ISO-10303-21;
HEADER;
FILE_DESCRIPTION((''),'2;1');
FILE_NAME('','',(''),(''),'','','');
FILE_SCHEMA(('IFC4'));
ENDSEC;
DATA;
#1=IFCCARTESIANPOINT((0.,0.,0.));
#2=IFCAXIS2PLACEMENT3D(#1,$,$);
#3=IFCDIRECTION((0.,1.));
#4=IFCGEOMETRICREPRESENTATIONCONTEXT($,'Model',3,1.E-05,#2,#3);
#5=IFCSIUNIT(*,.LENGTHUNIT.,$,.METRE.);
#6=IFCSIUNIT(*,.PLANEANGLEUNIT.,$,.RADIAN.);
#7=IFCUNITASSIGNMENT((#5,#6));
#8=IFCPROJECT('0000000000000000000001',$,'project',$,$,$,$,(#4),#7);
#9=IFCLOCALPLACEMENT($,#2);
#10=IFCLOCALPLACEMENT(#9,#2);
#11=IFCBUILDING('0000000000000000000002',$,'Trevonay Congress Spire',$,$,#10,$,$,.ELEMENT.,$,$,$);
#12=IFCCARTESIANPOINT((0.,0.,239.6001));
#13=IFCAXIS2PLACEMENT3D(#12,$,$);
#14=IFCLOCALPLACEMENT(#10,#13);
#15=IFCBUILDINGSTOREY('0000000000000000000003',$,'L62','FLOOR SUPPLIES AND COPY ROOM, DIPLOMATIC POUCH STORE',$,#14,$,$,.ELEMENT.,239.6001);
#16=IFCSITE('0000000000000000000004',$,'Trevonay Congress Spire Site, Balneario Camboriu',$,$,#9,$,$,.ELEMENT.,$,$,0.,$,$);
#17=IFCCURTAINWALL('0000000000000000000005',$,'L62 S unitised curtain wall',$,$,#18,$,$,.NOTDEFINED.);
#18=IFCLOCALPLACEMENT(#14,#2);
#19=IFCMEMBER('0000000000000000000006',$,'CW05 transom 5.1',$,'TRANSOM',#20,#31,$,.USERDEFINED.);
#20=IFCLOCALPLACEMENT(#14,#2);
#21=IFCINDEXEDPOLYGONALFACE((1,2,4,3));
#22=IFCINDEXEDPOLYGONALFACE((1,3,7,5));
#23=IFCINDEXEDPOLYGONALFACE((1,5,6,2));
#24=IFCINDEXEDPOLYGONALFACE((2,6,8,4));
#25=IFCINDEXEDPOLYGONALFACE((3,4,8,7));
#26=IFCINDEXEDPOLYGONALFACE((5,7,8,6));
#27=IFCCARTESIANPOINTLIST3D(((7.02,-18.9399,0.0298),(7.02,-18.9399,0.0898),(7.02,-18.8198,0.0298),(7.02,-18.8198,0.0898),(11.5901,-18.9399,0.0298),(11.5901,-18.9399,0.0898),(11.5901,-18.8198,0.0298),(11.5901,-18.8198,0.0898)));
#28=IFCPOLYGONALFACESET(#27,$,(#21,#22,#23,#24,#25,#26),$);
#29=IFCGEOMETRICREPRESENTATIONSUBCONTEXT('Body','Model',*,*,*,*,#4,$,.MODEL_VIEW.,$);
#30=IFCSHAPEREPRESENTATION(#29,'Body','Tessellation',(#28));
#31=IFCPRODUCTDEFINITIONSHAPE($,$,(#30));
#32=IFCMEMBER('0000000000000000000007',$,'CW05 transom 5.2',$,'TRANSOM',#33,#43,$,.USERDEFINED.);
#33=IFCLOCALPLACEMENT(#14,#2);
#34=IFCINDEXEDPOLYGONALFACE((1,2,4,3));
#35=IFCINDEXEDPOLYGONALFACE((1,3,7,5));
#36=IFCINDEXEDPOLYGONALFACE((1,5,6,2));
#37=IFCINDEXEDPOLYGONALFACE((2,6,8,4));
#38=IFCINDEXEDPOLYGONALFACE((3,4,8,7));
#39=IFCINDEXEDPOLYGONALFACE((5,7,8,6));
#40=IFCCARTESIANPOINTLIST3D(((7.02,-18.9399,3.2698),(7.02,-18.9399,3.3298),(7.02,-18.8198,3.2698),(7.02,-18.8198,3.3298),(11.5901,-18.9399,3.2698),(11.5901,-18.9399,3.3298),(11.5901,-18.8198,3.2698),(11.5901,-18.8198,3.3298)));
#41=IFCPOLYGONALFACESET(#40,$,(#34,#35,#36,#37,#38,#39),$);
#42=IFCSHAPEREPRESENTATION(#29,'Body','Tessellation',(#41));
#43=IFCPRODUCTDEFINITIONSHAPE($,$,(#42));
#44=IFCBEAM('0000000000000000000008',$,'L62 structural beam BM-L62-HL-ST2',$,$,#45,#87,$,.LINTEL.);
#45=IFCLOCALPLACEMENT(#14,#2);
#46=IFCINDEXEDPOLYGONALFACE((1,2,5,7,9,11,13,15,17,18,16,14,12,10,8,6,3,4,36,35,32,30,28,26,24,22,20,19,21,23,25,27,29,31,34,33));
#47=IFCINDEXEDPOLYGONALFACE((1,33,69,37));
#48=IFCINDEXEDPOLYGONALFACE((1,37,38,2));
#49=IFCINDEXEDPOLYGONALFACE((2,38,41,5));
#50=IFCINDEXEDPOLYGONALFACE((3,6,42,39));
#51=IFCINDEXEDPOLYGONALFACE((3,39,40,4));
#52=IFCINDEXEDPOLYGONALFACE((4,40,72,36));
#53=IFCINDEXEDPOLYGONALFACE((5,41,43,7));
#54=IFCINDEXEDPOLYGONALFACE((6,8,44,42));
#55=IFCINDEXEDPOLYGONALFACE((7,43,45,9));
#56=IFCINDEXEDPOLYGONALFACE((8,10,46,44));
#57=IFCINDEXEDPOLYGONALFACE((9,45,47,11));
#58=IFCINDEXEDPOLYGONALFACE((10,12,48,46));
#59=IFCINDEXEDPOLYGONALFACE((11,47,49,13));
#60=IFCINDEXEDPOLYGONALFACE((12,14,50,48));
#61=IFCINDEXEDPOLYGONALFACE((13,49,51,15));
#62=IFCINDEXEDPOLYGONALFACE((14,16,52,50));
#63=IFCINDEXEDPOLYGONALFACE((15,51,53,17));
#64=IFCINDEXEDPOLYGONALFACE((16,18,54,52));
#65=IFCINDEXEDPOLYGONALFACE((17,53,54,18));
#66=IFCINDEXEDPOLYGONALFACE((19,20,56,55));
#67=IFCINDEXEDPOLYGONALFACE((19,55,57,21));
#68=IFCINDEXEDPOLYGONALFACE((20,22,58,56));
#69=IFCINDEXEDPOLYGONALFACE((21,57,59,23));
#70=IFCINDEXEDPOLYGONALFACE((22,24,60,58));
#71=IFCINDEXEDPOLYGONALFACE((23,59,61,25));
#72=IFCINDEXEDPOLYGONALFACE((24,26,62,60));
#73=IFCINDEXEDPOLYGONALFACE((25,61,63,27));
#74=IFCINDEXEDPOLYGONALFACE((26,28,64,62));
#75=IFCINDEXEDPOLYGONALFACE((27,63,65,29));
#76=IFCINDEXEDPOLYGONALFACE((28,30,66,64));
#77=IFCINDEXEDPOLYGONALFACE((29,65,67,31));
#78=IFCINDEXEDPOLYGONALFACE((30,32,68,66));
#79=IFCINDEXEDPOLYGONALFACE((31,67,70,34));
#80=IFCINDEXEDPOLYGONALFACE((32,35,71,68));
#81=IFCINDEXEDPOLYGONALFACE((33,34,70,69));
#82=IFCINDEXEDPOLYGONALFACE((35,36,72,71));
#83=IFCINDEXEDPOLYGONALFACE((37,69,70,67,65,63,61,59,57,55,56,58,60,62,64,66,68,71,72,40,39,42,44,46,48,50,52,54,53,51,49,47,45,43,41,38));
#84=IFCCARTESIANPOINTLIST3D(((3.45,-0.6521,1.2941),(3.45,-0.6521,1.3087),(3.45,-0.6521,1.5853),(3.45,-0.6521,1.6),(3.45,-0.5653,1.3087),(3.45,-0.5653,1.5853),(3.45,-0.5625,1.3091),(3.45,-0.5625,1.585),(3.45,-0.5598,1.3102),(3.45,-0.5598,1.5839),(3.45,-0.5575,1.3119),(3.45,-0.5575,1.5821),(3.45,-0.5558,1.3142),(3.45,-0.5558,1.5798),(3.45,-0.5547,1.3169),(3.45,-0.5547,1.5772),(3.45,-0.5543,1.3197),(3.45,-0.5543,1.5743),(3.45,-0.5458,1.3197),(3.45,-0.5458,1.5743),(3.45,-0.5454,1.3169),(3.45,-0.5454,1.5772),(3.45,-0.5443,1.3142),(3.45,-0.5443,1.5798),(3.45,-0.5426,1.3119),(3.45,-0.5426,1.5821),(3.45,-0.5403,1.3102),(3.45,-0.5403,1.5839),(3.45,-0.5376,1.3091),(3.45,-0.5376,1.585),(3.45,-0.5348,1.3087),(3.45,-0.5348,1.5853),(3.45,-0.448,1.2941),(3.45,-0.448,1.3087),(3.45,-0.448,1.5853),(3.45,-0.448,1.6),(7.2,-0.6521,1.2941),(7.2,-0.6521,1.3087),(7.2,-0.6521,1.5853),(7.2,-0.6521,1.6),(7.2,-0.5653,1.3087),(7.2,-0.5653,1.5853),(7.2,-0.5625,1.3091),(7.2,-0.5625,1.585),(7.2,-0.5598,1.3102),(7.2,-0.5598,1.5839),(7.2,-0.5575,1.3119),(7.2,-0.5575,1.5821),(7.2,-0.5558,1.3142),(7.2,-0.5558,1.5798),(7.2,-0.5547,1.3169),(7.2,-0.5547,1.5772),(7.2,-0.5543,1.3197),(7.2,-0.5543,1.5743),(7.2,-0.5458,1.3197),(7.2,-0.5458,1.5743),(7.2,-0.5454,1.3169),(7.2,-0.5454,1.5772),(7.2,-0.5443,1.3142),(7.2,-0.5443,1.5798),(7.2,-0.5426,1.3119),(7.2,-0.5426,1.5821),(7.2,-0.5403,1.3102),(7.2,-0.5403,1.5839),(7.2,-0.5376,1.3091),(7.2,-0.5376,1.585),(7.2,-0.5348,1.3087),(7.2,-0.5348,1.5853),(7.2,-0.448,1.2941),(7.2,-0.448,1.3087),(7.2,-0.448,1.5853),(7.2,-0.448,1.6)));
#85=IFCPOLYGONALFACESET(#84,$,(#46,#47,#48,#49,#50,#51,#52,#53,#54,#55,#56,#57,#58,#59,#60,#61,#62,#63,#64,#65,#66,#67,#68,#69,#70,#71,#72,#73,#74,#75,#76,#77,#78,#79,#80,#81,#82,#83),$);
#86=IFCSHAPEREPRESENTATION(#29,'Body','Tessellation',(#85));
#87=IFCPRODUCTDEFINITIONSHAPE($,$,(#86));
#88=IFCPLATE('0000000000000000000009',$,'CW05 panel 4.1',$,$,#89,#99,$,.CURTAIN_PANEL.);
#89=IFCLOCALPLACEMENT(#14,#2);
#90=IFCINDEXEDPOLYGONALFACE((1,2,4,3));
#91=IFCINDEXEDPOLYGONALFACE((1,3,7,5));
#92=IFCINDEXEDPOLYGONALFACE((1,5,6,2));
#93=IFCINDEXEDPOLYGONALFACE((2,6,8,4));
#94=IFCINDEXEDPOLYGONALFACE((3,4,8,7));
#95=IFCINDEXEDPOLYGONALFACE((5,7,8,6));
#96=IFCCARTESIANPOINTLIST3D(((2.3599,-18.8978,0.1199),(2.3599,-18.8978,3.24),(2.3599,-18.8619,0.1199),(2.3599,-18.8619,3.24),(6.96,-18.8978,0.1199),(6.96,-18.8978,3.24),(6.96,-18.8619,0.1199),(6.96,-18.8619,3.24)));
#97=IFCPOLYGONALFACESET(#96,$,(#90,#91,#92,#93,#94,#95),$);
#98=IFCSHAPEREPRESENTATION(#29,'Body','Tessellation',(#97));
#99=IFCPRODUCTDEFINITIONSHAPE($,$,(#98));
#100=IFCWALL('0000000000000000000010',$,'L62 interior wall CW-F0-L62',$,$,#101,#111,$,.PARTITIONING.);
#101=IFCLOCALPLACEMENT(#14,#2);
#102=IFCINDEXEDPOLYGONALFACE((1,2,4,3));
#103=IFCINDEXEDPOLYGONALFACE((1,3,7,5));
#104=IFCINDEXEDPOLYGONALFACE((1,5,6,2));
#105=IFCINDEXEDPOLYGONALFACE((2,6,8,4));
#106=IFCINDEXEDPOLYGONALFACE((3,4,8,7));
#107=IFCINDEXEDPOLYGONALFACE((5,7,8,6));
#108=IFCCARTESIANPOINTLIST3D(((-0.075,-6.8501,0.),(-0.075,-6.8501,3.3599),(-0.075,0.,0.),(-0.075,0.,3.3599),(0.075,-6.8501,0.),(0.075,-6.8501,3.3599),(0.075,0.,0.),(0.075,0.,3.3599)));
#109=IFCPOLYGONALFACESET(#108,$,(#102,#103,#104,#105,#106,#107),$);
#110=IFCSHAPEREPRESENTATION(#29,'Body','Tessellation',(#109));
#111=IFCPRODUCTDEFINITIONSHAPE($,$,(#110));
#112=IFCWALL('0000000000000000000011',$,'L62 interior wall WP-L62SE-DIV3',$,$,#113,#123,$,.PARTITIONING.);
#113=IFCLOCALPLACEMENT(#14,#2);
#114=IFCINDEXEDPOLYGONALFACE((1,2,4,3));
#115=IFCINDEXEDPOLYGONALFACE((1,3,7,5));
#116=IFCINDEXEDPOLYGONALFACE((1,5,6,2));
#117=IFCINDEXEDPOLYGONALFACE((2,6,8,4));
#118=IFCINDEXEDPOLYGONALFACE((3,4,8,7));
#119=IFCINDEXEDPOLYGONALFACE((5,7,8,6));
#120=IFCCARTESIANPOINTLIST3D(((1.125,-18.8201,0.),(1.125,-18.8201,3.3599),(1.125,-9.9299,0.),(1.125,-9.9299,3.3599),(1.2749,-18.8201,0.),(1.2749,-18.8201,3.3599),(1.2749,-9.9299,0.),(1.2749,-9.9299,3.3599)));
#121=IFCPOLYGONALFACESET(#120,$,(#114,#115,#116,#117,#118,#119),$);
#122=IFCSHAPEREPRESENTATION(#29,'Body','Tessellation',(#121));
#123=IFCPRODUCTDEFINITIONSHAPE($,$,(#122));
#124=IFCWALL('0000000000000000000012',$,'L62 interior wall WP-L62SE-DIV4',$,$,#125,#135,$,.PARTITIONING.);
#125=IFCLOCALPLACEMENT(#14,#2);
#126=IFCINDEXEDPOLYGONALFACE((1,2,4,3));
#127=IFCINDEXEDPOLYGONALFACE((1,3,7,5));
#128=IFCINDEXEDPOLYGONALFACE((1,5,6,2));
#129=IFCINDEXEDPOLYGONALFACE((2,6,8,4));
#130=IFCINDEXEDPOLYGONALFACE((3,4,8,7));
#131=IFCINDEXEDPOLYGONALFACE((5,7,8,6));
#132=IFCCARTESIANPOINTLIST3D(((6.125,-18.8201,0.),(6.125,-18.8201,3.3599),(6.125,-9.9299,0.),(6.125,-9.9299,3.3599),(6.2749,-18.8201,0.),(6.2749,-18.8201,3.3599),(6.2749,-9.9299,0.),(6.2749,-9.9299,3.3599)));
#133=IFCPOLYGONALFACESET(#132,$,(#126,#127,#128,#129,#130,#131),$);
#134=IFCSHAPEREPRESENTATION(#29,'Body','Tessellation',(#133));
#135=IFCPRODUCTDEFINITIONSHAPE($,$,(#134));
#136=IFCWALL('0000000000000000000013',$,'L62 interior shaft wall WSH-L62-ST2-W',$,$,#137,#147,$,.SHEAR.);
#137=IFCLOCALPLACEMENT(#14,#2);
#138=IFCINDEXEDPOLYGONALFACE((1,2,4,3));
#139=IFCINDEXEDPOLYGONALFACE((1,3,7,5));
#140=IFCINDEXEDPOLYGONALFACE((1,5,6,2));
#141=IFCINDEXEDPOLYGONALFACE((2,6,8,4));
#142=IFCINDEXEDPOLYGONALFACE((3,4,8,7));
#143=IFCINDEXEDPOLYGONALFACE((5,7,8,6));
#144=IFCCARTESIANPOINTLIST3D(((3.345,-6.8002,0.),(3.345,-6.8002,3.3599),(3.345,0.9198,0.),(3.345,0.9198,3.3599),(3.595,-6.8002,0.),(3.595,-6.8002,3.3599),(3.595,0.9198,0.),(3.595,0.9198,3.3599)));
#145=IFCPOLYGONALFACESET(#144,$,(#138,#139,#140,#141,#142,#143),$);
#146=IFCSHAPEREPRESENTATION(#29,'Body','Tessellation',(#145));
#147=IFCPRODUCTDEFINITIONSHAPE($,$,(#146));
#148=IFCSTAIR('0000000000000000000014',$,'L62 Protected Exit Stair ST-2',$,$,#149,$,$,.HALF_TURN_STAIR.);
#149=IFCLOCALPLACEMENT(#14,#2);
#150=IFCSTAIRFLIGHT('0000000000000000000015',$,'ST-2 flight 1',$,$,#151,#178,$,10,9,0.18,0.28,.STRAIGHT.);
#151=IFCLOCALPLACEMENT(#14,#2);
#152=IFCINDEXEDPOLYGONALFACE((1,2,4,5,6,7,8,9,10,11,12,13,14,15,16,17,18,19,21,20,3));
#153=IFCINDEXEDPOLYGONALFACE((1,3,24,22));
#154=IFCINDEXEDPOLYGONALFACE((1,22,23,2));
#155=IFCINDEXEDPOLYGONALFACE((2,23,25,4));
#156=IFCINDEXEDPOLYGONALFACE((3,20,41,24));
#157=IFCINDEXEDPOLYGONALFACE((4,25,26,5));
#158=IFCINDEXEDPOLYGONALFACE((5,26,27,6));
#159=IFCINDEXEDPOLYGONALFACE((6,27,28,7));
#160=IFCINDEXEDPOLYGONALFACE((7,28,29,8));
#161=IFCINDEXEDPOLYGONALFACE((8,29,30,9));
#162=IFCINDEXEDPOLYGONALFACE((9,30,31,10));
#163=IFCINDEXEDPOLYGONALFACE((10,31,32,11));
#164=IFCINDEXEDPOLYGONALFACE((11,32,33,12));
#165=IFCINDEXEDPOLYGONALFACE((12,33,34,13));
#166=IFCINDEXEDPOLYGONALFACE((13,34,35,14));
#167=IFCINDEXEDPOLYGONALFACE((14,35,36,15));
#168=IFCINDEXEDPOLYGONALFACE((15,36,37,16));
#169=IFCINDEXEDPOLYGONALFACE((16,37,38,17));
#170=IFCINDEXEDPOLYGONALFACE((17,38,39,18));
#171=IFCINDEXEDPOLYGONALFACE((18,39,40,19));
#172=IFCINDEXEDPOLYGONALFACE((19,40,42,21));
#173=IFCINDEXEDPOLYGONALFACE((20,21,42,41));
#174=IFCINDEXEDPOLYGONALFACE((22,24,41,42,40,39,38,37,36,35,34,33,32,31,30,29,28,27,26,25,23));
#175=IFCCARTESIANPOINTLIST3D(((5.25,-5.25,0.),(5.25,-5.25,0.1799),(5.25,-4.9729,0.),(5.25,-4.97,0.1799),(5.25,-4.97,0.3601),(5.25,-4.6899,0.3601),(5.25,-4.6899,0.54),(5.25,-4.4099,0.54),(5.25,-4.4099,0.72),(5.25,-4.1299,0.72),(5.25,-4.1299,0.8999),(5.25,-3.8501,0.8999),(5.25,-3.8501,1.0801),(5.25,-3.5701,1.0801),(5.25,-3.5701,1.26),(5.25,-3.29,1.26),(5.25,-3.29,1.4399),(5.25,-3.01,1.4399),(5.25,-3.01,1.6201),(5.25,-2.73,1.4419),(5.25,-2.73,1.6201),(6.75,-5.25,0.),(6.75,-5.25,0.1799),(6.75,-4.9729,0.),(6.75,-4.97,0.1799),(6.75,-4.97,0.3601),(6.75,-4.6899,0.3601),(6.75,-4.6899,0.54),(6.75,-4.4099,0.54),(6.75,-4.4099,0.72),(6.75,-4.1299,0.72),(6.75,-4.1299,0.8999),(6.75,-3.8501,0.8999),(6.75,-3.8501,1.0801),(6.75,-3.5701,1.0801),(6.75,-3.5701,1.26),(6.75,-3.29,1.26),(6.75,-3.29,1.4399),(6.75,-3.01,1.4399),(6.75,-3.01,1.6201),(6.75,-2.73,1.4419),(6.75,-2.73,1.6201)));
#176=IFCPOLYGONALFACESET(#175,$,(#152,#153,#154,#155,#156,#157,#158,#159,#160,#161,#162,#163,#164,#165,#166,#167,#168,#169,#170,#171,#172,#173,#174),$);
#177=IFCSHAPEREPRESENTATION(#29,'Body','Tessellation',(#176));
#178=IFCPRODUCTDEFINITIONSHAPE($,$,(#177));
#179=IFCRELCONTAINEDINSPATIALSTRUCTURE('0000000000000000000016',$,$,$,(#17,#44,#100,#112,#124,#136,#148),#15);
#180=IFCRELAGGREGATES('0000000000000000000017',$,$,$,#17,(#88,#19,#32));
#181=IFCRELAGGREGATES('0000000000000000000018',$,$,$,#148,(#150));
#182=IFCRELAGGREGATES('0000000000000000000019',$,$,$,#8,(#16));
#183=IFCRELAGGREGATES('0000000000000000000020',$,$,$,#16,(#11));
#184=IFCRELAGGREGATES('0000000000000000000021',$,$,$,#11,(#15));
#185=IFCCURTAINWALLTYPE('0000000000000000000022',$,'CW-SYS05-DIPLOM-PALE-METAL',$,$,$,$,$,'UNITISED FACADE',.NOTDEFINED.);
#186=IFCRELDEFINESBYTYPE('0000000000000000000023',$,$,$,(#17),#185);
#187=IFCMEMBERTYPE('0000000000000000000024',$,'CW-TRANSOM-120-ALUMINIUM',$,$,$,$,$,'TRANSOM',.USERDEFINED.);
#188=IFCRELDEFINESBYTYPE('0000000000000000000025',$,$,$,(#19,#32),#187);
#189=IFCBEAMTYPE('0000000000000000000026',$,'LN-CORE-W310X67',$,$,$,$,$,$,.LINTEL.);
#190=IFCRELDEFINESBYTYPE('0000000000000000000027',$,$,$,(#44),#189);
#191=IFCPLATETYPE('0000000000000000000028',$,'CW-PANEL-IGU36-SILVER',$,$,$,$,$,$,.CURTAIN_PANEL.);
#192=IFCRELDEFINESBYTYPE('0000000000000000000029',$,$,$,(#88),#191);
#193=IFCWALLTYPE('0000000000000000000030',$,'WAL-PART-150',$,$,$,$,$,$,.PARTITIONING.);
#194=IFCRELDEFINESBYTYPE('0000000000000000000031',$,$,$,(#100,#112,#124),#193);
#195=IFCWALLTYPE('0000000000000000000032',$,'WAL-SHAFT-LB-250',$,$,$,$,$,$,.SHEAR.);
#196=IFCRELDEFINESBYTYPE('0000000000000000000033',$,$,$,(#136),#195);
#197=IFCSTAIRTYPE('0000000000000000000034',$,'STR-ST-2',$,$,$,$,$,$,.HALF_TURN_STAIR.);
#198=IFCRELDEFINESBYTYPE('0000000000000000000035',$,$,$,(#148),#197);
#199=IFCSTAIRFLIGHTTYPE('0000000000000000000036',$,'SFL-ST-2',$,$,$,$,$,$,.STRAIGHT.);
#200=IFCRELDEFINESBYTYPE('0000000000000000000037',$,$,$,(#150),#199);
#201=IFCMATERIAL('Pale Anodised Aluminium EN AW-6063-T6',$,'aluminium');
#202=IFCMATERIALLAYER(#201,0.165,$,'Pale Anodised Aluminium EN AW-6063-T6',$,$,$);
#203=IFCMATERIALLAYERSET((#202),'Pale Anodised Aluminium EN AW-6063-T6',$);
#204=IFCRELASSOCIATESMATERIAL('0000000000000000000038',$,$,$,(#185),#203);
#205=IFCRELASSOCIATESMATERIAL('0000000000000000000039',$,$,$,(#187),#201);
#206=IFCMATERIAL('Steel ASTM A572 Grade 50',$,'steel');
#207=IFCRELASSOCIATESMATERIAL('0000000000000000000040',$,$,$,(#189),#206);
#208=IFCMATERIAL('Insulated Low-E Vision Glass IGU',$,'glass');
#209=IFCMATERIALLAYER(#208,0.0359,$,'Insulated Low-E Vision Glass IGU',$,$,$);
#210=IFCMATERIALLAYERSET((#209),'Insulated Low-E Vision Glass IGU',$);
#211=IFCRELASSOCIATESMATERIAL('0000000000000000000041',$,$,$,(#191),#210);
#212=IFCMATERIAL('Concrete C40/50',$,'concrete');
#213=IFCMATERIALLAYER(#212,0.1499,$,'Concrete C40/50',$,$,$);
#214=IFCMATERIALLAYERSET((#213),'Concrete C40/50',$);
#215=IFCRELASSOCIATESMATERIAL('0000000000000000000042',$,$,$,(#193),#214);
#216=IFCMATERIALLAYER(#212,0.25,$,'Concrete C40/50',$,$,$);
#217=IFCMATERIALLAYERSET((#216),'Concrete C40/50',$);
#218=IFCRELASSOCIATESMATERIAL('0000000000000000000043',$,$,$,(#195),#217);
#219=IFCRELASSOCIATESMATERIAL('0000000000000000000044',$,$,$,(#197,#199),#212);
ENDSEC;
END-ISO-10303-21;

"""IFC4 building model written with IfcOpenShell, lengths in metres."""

from ifc_helpers import new_model, si_unit, direction, frame, frame_2d, origin, origin_2d, place, context, subcontext, project, spatial, polyline, rectangle, i_section, outline, extrude, material, layer, layer_set, material_profile, profile_set, type_object, element, aggregate, save


model = new_model("IFC4")

# Units and contexts
model_context = context("Model", 3, precision=1e-05, world=origin(), true_north=direction((0.0, 1.0)))
body_context = subcontext(model_context, "Body", "Model", "MODEL_VIEW")
ifc_project = project(units=[si_unit("LENGTHUNIT", "METRE"), si_unit("PLANEANGLEUNIT", "RADIAN")], contexts=[model_context])

# Site, building, storey
site_placement = place(None, origin())
site = spatial("IfcSite", under=ifc_project, at=site_placement, Name="Trevonay Congress Spire Site, Balneario Camboriu", CompositionType="ELEMENT", RefElevation=0.0)
building_placement = place(site_placement, origin())
building = spatial("IfcBuilding", under=site, at=building_placement, Name="Trevonay Congress Spire", CompositionType="ELEMENT")
storey_placement = place(building_placement, frame((0.0, 0.0, 239.6001)))
storey = spatial("IfcBuildingStorey", under=building, at=storey_placement, Name="L62", Description="FLOOR SUPPLIES AND COPY ROOM, DIPLOMATIC POUCH STORE", CompositionType="ELEMENT", Elevation=239.6001)

# Shared definitions
ifc_material_1 = material(Name="Steel ASTM A572 Grade 50", Category="steel")

# Curtain wall, members
ifc_material_2 = material(Name="Pale Anodised Aluminium EN AW-6063-T6", Category="aluminium")
ifc_layer_1 = layer(ifc_material_2, 0.165, Name="Pale Anodised Aluminium EN AW-6063-T6")
ifc_layer_set_1 = layer_set([ifc_layer_1], Name="Pale Anodised Aluminium EN AW-6063-T6")
curtain_wall_type = type_object("IfcCurtainWallType", Name="CW-SYS05-DIPLOM-PALE-METAL", ElementType="UNITISED FACADE", PredefinedType="NOTDEFINED", material=ifc_layer_set_1)
curtain_wall_placement = place(storey_placement, origin())
curtain_wall = element("IfcCurtainWall", 1, at=curtain_wall_placement, inside=storey, type_object=curtain_wall_type, Name="L62 S unitised curtain wall", PredefinedType="NOTDEFINED")
ifc_material_profile_1 = material_profile(ifc_material_2, rectangle(XDim=0.1201, YDim=0.0601, at=origin_2d()), Name="CW-TRANSOM-120-ALUMINIUM")
ifc_profile_set_1 = profile_set([ifc_material_profile_1], Name="Pale Anodised Aluminium EN AW-6063-T6")
member_type_1 = type_object("IfcMemberType", Name="CW-TRANSOM-120-ALUMINIUM", ElementType="TRANSOM", PredefinedType="USERDEFINED", material=ifc_profile_set_1)
member_1_placement = place(storey_placement, frame((7.02, -18.8799, 0.0598), z_axis=(1.0, 0.0, 0.0), x_axis=(0.0, 1.0, 0.0)))
member_1 = element("IfcMember", 2, at=member_1_placement, type_object=member_type_1, Name="CW05 transom 5.1", ObjectType="TRANSOM", PredefinedType="USERDEFINED", context=body_context, shape_type="SweptSolid", body=[
    extrude(rectangle(XDim=0.1201, YDim=0.0601, at=origin_2d()), origin(), (0.0, 0.0, 1.0), 4.5701),
])
member_2_placement = place(storey_placement, frame((7.02, -18.8799, 3.2998), z_axis=(1.0, 0.0, 0.0), x_axis=(0.0, 1.0, 0.0)))
member_2 = element("IfcMember", 3, at=member_2_placement, type_object=member_type_1, Name="CW05 transom 5.2", ObjectType="TRANSOM", PredefinedType="USERDEFINED", context=body_context, shape_type="SweptSolid", body=[
    extrude(rectangle(XDim=0.1201, YDim=0.0601, at=origin_2d()), origin(), (0.0, 0.0, 1.0), 4.5701),
])

# Beam
ifc_material_profile_2 = material_profile(ifc_material_1, i_section(OverallWidth=0.2041, OverallDepth=0.3059, WebThickness=0.0085, FlangeThickness=0.0146, FilletRadius=0.011, at=origin_2d()), Name="W310x67")
ifc_profile_set_2 = profile_set([ifc_material_profile_2], Name="Steel ASTM A572 Grade 50")
beam_type_1 = type_object("IfcBeamType", Name="LN-CORE-W310X67", PredefinedType="LINTEL", material=ifc_profile_set_2)
beam_1_placement = place(storey_placement, frame((3.45, -0.55, 1.447), z_axis=(1.0, 0.0, 0.0), x_axis=(0.0, 1.0, 0.0)))
element("IfcBeam", 4, at=beam_1_placement, inside=storey, type_object=beam_type_1, Name="L62 structural beam BM-L62-HL-ST2", PredefinedType="LINTEL", context=body_context, shape_type="SweptSolid", body=[
    extrude(i_section(OverallWidth=0.2041, OverallDepth=0.3059, WebThickness=0.0085, FlangeThickness=0.0146, FilletRadius=0.011, at=origin_2d()), origin(), (0.0, 0.0, 1.0), 3.75),
])

# Plate
ifc_material_3 = material(Name="Insulated Low-E Vision Glass IGU", Category="glass")
ifc_layer_2 = layer(ifc_material_3, 0.0359, Name="Insulated Low-E Vision Glass IGU")
ifc_layer_set_2 = layer_set([ifc_layer_2], Name="Insulated Low-E Vision Glass IGU")
plate_type = type_object("IfcPlateType", Name="CW-PANEL-IGU36-SILVER", PredefinedType="CURTAIN_PANEL", material=ifc_layer_set_2)
plate_placement = place(storey_placement, frame((4.6599, -18.8799, 0.1199), z_axis=(0.0, 0.0, 1.0), x_axis=(1.0, 0.0, 0.0)))
plate = element("IfcPlate", 5, at=plate_placement, type_object=plate_type, Name="CW05 panel 4.1", PredefinedType="CURTAIN_PANEL", context=body_context, shape_type="SweptSolid", body=[
    extrude(rectangle(XDim=4.6001, YDim=0.0359, at=origin_2d()), origin(), (0.0, 0.0, 1.0), 3.1201),
])
aggregate(curtain_wall, [plate, member_1, member_2])

# Walls
ifc_material_4 = material(Name="Concrete C40/50", Category="concrete")
ifc_layer_3 = layer(ifc_material_4, 0.1499, Name="Concrete C40/50")
ifc_layer_set_3 = layer_set([ifc_layer_3], Name="Concrete C40/50")
wall_type_1 = type_object("IfcWallType", Name="WAL-PART-150", PredefinedType="PARTITIONING", material=ifc_layer_set_3)
wall_1_placement = place(storey_placement, frame((0.0, -6.8501, 0.0), z_axis=(0.0, 0.0, 1.0), x_axis=(0.0, 1.0, 0.0)))
element("IfcWall", 6, at=wall_1_placement, inside=storey, type_object=wall_type_1, Name="L62 interior wall CW-F0-L62", PredefinedType="PARTITIONING", context=body_context, shape_type="SweptSolid", body=[
    extrude(rectangle(XDim=6.8501, YDim=0.1499, at=frame_2d((3.425, 0.0))), origin(), (0.0, 0.0, 1.0), 3.3599),
])
for number, where, z_axis, x_axis, name in (
    (7, (1.2, -18.8201, 0.0), (0.0, 0.0, 1.0), (0.0, 1.0, 0.0), "L62 interior wall WP-L62SE-DIV3"),
    (8, (6.2, -18.8201, 0.0), (0.0, 0.0, 1.0), (0.0, 1.0, 0.0), "L62 interior wall WP-L62SE-DIV4"),
):
    element("IfcWall", number, at=place(storey_placement, frame(where, z_axis=z_axis, x_axis=x_axis)), inside=storey, type_object=wall_type_1, Name=name, PredefinedType="PARTITIONING", context=body_context, shape_type="SweptSolid", body=[
        extrude(rectangle(XDim=8.8901, YDim=0.1499, at=frame_2d((4.4451, 0.0))), origin(), (0.0, 0.0, 1.0), 3.3599),
    ])
ifc_layer_4 = layer(ifc_material_4, 0.25, Name="Concrete C40/50")
ifc_layer_set_4 = layer_set([ifc_layer_4], Name="Concrete C40/50")
wall_type_2 = type_object("IfcWallType", Name="WAL-SHAFT-LB-250", PredefinedType="SHEAR", material=ifc_layer_set_4)
wall_2_placement = place(storey_placement, frame((3.47, -6.8, 0.0), z_axis=(0.0, 0.0, 1.0), x_axis=(0.0, 1.0, 0.0)))
element("IfcWall", 9, at=wall_2_placement, inside=storey, type_object=wall_type_2, Name="L62 interior shaft wall WSH-L62-ST2-W", PredefinedType="SHEAR", context=body_context, shape_type="SweptSolid", body=[
    extrude(rectangle(XDim=7.72, YDim=0.25, at=frame_2d((3.8599, 0.0))), origin(), (0.0, 0.0, 1.0), 3.3599),
])

# Stair, stair flight
stair_type = type_object("IfcStairType", Name="STR-ST-2", PredefinedType="HALF_TURN_STAIR", material=ifc_material_4)
stair_placement = place(storey_placement, origin())
stair = element("IfcStair", 10, at=stair_placement, inside=storey, type_object=stair_type, Name="L62 Protected Exit Stair ST-2", PredefinedType="HALF_TURN_STAIR")
stair_flight_type = type_object("IfcStairFlightType", Name="SFL-ST-2", PredefinedType="STRAIGHT", material=ifc_material_4)
stair_flight_1_placement = place(storey_placement, frame((6.0, -5.25, 0.0), z_axis=(0.0, 0.0, 1.0), x_axis=(0.0, 1.0, 0.0)))
stair_flight_1 = element("IfcStairFlight", 11, at=stair_flight_1_placement, type_object=stair_flight_type, Name="ST-2 flight 1", NumberOfRisers=10, NumberOfTreads=9, PredefinedType="STRAIGHT", RiserHeight=0.18, TreadLength=0.28, context=body_context, shape_type="SweptSolid", body=[
    extrude(outline(polyline([(0.0, 0.0), (0.0, 0.1799), (0.28, 0.1799), (0.28, 0.3601), (0.5601, 0.3601), (0.5601, 0.54), (0.8401, 0.54), (0.8401, 0.72), (1.1201, 0.72), (1.1201, 0.8999), (1.3999, 0.8999), (1.3999, 1.0801), (1.6799, 1.0801), (1.6799, 1.26), (1.96, 1.26), (1.96, 1.4399), (2.24, 1.4399), (2.24, 1.6201), (2.52, 1.6201), (2.52, 1.8), (2.52, 1.4419), (0.2771, 0.0), (0.0, 0.0)])), frame((0.0, 0.75, 0.0), z_axis=(0.0, -1.0, 0.0), x_axis=(1.0, 0.0, 0.0)), (0.0, 0.0, 1.0), 1.5),
])
aggregate(stair, [stair_flight_1])

save(model, "model.ifc")
